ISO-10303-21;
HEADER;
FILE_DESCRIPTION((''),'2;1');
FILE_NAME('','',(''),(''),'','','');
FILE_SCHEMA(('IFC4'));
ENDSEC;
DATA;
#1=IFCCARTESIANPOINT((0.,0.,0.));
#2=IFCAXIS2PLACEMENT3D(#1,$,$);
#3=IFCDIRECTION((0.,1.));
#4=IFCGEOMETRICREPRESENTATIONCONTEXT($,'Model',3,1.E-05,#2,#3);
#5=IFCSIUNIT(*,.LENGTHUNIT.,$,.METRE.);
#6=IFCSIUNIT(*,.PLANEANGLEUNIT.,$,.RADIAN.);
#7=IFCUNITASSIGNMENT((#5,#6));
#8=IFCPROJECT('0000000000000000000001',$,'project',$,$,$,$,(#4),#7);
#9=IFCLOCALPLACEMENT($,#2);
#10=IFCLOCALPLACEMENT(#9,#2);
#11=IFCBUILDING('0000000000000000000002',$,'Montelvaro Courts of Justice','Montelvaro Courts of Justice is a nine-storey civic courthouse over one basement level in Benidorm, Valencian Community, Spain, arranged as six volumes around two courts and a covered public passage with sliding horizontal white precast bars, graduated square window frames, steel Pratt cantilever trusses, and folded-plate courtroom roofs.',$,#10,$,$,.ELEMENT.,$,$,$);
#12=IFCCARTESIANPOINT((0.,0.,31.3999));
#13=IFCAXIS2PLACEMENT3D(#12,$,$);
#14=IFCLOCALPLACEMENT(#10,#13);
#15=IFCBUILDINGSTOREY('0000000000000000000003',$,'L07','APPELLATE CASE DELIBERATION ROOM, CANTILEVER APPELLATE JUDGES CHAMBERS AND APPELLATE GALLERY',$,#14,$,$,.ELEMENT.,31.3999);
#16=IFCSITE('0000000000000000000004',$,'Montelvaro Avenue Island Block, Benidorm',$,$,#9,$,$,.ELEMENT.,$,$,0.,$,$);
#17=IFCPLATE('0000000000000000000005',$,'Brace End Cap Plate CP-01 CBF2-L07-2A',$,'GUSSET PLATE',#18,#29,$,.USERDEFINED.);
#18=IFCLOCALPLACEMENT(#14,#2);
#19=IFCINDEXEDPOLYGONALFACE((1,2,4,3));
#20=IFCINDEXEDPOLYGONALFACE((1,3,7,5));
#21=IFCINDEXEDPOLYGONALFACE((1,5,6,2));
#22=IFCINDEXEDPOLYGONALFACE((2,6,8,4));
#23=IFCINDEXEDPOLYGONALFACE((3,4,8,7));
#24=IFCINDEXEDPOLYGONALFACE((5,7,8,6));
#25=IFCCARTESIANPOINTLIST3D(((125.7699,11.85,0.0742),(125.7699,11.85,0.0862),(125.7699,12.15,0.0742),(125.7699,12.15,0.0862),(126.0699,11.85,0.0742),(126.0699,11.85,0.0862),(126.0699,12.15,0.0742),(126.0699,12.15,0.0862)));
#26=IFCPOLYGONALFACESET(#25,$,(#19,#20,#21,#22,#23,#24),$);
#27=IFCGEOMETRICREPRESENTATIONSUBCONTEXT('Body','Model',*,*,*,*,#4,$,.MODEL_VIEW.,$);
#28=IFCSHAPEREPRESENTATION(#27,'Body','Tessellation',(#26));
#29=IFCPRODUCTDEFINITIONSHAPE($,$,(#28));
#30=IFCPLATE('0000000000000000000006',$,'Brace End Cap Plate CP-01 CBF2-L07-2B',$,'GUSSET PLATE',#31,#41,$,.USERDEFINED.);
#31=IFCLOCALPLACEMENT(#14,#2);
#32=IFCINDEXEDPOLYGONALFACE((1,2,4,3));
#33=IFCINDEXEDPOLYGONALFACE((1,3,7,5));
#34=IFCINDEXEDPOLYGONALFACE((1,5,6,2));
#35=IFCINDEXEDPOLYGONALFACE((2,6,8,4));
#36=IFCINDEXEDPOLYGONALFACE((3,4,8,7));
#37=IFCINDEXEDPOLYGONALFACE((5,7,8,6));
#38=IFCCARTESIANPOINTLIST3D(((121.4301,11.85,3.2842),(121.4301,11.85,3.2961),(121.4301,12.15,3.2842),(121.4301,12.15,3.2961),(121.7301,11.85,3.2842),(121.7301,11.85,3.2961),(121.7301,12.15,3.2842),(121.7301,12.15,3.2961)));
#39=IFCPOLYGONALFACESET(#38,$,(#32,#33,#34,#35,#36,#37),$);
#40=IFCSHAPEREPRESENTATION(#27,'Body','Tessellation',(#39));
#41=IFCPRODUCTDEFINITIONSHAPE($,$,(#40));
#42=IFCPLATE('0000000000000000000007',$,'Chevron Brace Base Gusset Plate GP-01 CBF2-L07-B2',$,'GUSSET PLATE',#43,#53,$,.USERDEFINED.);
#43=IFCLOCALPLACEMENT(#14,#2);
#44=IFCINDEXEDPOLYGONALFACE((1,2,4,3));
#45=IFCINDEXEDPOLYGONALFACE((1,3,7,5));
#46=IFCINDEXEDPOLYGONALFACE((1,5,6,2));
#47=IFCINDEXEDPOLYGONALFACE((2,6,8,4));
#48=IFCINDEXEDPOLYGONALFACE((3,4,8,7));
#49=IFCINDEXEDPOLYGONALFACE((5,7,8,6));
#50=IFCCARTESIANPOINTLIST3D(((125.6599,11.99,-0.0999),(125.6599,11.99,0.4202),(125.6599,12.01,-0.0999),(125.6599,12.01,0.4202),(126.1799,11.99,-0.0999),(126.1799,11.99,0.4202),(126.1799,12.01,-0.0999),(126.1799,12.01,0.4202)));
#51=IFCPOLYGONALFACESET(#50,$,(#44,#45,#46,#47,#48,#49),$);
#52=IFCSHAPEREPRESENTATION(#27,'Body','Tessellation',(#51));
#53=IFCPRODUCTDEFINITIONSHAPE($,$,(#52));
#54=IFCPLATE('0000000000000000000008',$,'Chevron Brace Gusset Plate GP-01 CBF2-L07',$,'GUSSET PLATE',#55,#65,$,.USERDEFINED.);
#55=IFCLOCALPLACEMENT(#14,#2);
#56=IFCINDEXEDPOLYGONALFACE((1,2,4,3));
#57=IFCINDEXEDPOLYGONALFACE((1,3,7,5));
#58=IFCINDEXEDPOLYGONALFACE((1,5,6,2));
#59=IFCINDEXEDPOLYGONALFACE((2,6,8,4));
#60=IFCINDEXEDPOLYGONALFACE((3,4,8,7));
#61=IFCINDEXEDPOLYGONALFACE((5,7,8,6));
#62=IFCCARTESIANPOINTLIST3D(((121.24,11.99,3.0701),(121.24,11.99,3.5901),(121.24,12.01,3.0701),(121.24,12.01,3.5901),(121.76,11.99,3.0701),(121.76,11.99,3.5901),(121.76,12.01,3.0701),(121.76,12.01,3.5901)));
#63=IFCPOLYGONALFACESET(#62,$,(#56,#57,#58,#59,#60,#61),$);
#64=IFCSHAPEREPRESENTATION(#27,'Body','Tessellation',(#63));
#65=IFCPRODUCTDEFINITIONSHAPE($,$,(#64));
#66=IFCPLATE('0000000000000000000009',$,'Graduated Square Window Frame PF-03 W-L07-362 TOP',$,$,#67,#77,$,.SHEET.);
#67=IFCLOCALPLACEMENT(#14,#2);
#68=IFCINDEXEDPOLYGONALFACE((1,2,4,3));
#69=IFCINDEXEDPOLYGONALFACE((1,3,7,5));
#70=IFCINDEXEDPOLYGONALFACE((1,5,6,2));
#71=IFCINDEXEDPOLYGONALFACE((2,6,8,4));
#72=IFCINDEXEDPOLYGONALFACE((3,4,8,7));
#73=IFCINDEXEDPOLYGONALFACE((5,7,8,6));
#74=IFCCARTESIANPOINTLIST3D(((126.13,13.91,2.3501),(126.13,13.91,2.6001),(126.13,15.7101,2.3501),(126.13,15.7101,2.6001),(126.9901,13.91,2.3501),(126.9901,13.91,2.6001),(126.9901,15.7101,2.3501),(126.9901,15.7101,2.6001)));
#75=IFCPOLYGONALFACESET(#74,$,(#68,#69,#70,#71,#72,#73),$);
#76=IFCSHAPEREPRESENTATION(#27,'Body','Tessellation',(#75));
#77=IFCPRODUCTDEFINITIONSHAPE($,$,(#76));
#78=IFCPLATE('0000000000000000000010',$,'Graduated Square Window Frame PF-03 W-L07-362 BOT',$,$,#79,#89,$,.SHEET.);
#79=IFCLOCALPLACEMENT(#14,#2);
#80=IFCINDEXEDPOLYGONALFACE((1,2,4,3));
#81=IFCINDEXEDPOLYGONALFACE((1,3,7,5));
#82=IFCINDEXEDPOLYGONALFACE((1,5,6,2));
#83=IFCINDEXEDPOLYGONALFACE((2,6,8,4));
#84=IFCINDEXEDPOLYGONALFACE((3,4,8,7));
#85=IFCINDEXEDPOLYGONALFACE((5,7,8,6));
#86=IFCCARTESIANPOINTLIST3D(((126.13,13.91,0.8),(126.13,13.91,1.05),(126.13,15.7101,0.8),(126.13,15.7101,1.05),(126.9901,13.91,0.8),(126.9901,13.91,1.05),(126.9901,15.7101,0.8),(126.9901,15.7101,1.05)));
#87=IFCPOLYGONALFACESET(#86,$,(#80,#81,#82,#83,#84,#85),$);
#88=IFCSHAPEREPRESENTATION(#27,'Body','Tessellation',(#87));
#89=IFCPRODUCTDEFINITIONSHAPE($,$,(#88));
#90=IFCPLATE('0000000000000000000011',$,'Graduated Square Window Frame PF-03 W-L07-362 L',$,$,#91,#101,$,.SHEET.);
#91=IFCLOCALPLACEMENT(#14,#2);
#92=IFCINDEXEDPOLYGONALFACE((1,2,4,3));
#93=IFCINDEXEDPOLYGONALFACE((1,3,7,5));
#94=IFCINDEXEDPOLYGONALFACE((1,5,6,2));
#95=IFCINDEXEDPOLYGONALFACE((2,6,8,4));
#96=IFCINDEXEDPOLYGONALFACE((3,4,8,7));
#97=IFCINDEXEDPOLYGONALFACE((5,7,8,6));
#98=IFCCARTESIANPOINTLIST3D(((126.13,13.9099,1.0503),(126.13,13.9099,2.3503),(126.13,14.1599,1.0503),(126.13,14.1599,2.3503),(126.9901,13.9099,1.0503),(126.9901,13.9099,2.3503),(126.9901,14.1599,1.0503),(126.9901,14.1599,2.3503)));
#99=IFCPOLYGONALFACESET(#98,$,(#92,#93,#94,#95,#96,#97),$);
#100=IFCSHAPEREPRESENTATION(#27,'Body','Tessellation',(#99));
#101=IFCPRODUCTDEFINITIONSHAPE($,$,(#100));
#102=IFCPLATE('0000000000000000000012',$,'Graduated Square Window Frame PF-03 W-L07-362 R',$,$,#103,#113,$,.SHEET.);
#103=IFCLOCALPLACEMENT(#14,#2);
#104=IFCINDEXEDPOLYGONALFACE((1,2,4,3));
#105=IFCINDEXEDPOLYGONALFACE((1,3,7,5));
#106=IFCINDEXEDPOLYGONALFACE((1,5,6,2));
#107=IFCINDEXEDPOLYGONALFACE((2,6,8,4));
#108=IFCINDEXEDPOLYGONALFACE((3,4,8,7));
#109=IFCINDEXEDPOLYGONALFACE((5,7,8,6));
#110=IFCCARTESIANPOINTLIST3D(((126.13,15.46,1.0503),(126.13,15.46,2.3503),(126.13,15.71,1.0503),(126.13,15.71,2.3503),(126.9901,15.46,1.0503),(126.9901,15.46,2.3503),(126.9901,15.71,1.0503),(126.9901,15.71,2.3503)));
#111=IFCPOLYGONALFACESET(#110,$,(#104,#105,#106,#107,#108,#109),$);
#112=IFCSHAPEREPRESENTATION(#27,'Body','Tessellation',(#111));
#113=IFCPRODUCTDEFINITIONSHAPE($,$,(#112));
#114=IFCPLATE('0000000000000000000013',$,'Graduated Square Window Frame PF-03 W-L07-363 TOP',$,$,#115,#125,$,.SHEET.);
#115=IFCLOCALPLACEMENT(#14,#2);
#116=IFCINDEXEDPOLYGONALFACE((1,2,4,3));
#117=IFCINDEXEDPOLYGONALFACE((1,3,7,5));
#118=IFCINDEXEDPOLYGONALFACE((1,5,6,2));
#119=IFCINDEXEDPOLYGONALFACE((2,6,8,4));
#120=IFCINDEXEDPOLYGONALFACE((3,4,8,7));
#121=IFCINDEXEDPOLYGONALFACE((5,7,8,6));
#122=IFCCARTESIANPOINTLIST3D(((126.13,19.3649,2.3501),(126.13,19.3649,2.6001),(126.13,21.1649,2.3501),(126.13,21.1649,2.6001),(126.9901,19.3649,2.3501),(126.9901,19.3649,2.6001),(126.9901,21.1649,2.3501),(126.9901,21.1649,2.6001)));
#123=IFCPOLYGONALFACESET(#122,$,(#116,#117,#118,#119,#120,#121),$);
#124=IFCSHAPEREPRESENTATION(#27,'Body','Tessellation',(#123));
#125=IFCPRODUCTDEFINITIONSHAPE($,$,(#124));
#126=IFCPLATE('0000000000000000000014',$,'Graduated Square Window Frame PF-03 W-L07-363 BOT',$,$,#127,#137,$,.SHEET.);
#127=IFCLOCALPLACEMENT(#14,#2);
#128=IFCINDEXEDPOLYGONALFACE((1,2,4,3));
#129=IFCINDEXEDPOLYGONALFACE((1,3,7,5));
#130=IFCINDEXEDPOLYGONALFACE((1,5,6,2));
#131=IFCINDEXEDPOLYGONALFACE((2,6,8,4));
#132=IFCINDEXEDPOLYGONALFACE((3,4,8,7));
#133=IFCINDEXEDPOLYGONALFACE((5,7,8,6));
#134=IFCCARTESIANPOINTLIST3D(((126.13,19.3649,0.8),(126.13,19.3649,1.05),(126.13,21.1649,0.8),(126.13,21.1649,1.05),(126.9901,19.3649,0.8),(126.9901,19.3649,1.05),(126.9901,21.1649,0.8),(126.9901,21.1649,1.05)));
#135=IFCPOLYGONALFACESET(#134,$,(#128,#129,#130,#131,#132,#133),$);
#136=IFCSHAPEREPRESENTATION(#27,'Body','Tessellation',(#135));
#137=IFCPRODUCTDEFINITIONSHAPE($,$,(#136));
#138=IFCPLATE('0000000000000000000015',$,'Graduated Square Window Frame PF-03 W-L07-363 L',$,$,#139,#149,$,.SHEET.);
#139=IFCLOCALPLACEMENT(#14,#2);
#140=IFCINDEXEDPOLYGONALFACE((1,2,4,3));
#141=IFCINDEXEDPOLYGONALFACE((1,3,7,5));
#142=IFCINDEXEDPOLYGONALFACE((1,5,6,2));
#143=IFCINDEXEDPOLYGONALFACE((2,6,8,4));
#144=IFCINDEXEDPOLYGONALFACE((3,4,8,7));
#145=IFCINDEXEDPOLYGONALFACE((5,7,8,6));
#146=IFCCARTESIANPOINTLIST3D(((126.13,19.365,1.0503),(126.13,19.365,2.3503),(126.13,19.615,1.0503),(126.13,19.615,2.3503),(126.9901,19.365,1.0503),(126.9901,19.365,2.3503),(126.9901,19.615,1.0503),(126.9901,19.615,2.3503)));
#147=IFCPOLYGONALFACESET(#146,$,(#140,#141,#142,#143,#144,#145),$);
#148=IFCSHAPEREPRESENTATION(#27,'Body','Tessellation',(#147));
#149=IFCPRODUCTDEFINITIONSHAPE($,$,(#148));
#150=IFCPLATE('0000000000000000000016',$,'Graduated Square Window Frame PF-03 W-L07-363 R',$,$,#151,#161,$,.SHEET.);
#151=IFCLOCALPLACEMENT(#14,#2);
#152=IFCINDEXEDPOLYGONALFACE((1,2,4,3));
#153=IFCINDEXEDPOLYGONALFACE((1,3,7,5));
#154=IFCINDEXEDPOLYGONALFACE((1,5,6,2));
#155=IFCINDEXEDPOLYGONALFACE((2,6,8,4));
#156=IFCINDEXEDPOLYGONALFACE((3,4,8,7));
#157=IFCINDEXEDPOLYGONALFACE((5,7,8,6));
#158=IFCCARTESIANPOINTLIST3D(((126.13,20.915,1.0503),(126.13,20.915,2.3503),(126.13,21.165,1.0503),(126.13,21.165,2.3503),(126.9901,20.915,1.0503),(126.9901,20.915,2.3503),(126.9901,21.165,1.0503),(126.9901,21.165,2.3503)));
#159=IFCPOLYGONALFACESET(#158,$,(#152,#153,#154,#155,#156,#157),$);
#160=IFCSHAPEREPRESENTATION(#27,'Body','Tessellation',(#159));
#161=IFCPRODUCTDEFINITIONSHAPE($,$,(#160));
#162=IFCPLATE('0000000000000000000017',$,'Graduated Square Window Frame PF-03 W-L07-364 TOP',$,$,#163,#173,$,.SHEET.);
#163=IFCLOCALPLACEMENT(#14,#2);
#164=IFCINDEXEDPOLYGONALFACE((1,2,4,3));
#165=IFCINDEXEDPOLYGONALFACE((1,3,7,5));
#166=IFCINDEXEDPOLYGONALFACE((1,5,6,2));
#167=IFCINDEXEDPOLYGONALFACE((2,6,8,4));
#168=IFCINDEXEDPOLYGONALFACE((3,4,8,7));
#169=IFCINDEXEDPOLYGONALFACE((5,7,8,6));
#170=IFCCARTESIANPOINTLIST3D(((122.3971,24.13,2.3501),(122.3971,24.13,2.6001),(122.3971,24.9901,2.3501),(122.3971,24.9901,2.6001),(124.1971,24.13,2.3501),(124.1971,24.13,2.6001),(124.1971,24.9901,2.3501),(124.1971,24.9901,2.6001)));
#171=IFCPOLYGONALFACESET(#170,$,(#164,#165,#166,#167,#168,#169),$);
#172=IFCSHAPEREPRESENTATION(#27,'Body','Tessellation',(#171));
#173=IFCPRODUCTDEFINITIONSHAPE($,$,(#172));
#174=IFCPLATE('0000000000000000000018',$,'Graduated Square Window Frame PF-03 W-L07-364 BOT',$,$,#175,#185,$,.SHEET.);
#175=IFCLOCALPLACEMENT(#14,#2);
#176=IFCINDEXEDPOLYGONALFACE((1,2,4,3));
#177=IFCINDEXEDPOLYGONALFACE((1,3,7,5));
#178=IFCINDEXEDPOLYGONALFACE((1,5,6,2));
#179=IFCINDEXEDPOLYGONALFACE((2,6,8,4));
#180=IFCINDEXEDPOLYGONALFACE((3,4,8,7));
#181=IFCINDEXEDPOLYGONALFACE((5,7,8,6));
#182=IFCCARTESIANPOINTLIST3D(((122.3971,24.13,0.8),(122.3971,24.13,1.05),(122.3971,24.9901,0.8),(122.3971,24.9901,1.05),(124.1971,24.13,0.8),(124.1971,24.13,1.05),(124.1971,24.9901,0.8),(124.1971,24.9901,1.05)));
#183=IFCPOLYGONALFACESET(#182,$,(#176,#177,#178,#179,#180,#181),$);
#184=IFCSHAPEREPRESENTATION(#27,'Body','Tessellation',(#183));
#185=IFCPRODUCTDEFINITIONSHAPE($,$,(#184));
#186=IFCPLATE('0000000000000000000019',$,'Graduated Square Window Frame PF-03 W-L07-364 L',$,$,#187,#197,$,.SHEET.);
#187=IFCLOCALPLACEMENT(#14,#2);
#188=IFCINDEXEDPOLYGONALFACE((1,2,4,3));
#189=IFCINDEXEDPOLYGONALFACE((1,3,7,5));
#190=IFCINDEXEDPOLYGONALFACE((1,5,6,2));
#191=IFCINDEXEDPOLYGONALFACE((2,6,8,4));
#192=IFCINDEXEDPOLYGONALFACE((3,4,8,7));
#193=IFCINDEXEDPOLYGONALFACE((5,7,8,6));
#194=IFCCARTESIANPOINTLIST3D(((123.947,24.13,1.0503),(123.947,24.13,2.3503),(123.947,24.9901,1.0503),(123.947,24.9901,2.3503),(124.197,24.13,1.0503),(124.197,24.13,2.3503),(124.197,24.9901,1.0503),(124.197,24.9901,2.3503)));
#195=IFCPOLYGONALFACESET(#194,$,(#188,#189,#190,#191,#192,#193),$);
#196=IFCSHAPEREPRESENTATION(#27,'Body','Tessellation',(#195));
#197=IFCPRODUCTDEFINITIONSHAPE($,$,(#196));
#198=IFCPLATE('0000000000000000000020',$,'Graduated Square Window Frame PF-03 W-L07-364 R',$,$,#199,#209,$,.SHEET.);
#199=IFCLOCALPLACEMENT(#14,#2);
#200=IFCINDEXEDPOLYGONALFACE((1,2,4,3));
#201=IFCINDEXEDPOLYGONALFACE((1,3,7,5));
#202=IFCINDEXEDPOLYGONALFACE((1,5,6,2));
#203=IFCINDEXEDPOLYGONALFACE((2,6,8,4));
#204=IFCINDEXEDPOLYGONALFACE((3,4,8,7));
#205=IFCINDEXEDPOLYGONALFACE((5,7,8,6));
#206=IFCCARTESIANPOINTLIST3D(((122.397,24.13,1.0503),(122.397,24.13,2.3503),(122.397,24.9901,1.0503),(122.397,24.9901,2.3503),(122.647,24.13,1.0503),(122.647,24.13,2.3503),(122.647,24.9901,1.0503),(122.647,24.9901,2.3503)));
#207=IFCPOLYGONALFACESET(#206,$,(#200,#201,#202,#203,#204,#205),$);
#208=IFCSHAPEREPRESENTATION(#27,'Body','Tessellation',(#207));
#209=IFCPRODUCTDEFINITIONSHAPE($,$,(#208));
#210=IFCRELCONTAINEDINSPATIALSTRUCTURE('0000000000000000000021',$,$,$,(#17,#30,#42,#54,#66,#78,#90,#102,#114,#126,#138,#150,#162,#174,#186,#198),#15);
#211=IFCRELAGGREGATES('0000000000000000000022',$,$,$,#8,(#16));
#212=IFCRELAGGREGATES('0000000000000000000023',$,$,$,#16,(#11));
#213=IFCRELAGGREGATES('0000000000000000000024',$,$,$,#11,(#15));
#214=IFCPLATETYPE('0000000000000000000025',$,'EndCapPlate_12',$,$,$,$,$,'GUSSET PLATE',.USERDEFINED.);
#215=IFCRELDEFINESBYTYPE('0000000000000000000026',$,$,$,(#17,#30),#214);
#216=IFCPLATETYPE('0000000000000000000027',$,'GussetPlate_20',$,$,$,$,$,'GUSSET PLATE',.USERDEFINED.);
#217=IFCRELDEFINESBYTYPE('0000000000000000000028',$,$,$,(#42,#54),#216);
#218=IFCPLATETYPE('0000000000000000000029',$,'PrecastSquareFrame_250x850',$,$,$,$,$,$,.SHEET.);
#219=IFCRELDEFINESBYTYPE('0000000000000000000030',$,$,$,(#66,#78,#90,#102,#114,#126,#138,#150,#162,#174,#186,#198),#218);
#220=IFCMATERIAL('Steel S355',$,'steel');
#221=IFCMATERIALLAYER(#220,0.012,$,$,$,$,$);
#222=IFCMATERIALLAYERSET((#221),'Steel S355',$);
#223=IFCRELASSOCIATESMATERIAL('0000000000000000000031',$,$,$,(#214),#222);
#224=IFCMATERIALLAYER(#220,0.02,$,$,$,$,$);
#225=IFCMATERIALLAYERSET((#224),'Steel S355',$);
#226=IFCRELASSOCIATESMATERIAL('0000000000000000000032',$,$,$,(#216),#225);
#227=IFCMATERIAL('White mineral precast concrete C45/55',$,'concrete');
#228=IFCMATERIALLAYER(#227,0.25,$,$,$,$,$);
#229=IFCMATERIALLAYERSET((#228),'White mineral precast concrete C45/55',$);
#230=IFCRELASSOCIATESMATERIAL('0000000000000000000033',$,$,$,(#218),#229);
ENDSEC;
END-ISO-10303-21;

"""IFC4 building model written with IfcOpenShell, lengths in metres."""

from ifc_helpers import new_model, si_unit, direction, frame, origin, origin_2d, place, context, subcontext, project, spatial, rectangle, extrude, material, layer, layer_set, type_object, element, save


model = new_model("IFC4")

# Units and contexts
model_context = context("Model", 3, precision=1e-05, world=origin(), true_north=direction((0.0, 1.0)))
body_context = subcontext(model_context, "Body", "Model", "MODEL_VIEW")
ifc_project = project(units=[si_unit("LENGTHUNIT", "METRE"), si_unit("PLANEANGLEUNIT", "RADIAN")], contexts=[model_context])

# Site, building, storey
site_placement = place(None, origin())
site = spatial("IfcSite", under=ifc_project, at=site_placement, Name="Montelvaro Avenue Island Block, Benidorm", CompositionType="ELEMENT", RefElevation=0.0)
building_placement = place(site_placement, origin())
building = spatial("IfcBuilding", under=site, at=building_placement, Name="Montelvaro Courts of Justice", Description="Montelvaro Courts of Justice is a nine-storey civic courthouse over one basement level in Benidorm, Valencian Community, Spain, arranged as six volumes around two courts and a covered public passage with sliding horizontal white precast bars, graduated square window frames, steel Pratt cantilever trusses, and folded-plate courtroom roofs.", CompositionType="ELEMENT")
storey_placement = place(building_placement, frame((0.0, 0.0, 31.3999)))
storey = spatial("IfcBuildingStorey", under=building, at=storey_placement, Name="L07", Description="APPELLATE CASE DELIBERATION ROOM, CANTILEVER APPELLATE JUDGES CHAMBERS AND APPELLATE GALLERY", CompositionType="ELEMENT", Elevation=31.3999)

# Shared definitions
ifc_material_1 = material(Name="Steel S355", Category="steel")

# Plates
ifc_layer_1 = layer(ifc_material_1, 0.012)
ifc_layer_set_1 = layer_set([ifc_layer_1], Name="Steel S355")
plate_type_1 = type_object("IfcPlateType", Name="EndCapPlate_12", ElementType="GUSSET PLATE", PredefinedType="USERDEFINED", material=ifc_layer_set_1)
for number, where, z_axis, x_axis, name in (
    (1, (125.9199, 12.0, 0.0742), (0.0, 0.0, 1.0), (1.0, 0.0, 0.0), "Brace End Cap Plate CP-01 CBF2-L07-2A"),
    (2, (121.5801, 12.0, 3.2842), (0.0, 0.0, 1.0), (1.0, 0.0, 0.0), "Brace End Cap Plate CP-01 CBF2-L07-2B"),
):
    element("IfcPlate", number, at=place(storey_placement, frame(where, z_axis=z_axis, x_axis=x_axis)), inside=storey, type_object=plate_type_1, Name=name, ObjectType="GUSSET PLATE", PredefinedType="USERDEFINED", context=body_context, shape_type="SweptSolid", body=[
        extrude(rectangle(XDim=0.3, YDim=0.3, at=origin_2d()), origin(), (0.0, 0.0, 1.0), 0.012),
    ])
ifc_layer_2 = layer(ifc_material_1, 0.02)
ifc_layer_set_2 = layer_set([ifc_layer_2], Name="Steel S355")
plate_type_2 = type_object("IfcPlateType", Name="GussetPlate_20", ElementType="GUSSET PLATE", PredefinedType="USERDEFINED", material=ifc_layer_set_2)
for number, where, z_axis, x_axis, name in (
    (3, (125.9199, 12.0, -0.0999), (0.0, 0.0, 1.0), (1.0, 0.0, 0.0), "Chevron Brace Base Gusset Plate GP-01 CBF2-L07-B2"),
    (4, (121.5, 12.0, 3.0701), (0.0, 0.0, 1.0), (1.0, 0.0, 0.0), "Chevron Brace Gusset Plate GP-01 CBF2-L07"),
):
    element("IfcPlate", number, at=place(storey_placement, frame(where, z_axis=z_axis, x_axis=x_axis)), inside=storey, type_object=plate_type_2, Name=name, ObjectType="GUSSET PLATE", PredefinedType="USERDEFINED", context=body_context, shape_type="SweptSolid", body=[
        extrude(rectangle(XDim=0.52, YDim=0.02, at=origin_2d()), origin(), (0.0, 0.0, 1.0), 0.52),
    ])
ifc_material_2 = material(Name="White mineral precast concrete C45/55", Category="concrete")
ifc_layer_3 = layer(ifc_material_2, 0.25)
ifc_layer_set_3 = layer_set([ifc_layer_3], Name="White mineral precast concrete C45/55")
plate_type_3 = type_object("IfcPlateType", Name="PrecastSquareFrame_250x850", PredefinedType="SHEET", material=ifc_layer_set_3)
for number, where, z_axis, x_axis, name in (
    (5, (126.5601, 14.8101, 2.3501), (0.0, 0.0, 1.0), (0.0, 1.0, 0.0), "Graduated Square Window Frame PF-03 W-L07-362 TOP"),
    (6, (126.5601, 14.8101, 0.8), (0.0, 0.0, 1.0), (0.0, 1.0, 0.0), "Graduated Square Window Frame PF-03 W-L07-362 BOT"),
):
    element("IfcPlate", number, at=place(storey_placement, frame(where, z_axis=z_axis, x_axis=x_axis)), inside=storey, type_object=plate_type_3, Name=name, PredefinedType="SHEET", context=body_context, shape_type="SweptSolid", body=[
        extrude(rectangle(XDim=1.8, YDim=0.8601, at=origin_2d()), origin(), (0.0, 0.0, 1.0), 0.25),
    ])
for number, where, z_axis, x_axis, name in (
    (7, (126.5601, 14.0349, 1.0503), (0.0, 0.0, 1.0), (0.0, 1.0, 0.0), "Graduated Square Window Frame PF-03 W-L07-362 L"),
    (8, (126.5601, 15.585, 1.0503), (0.0, 0.0, 1.0), (0.0, 1.0, 0.0), "Graduated Square Window Frame PF-03 W-L07-362 R"),
):
    element("IfcPlate", number, at=place(storey_placement, frame(where, z_axis=z_axis, x_axis=x_axis)), inside=storey, type_object=plate_type_3, Name=name, PredefinedType="SHEET", context=body_context, shape_type="SweptSolid", body=[
        extrude(rectangle(XDim=0.25, YDim=0.8601, at=origin_2d()), origin(), (0.0, 0.0, 1.0), 1.3),
    ])
for number, where, z_axis, x_axis, name in (
    (9, (126.5601, 20.2649, 2.3501), (0.0, 0.0, 1.0), (0.0, 1.0, 0.0), "Graduated Square Window Frame PF-03 W-L07-363 TOP"),
    (10, (126.5601, 20.2649, 0.8), (0.0, 0.0, 1.0), (0.0, 1.0, 0.0), "Graduated Square Window Frame PF-03 W-L07-363 BOT"),
):
    element("IfcPlate", number, at=place(storey_placement, frame(where, z_axis=z_axis, x_axis=x_axis)), inside=storey, type_object=plate_type_3, Name=name, PredefinedType="SHEET", context=body_context, shape_type="SweptSolid", body=[
        extrude(rectangle(XDim=1.8, YDim=0.8601, at=origin_2d()), origin(), (0.0, 0.0, 1.0), 0.25),
    ])
for number, where, z_axis, x_axis, name in (
    (11, (126.5601, 19.49, 1.0503), (0.0, 0.0, 1.0), (0.0, 1.0, 0.0), "Graduated Square Window Frame PF-03 W-L07-363 L"),
    (12, (126.5601, 21.04, 1.0503), (0.0, 0.0, 1.0), (0.0, 1.0, 0.0), "Graduated Square Window Frame PF-03 W-L07-363 R"),
):
    element("IfcPlate", number, at=place(storey_placement, frame(where, z_axis=z_axis, x_axis=x_axis)), inside=storey, type_object=plate_type_3, Name=name, PredefinedType="SHEET", context=body_context, shape_type="SweptSolid", body=[
        extrude(rectangle(XDim=0.25, YDim=0.8601, at=origin_2d()), origin(), (0.0, 0.0, 1.0), 1.3),
    ])
for number, where, z_axis, x_axis, name in (
    (13, (123.2971, 24.5601, 2.3501), (0.0, 0.0, 1.0), (-1.0, 0.0, 0.0), "Graduated Square Window Frame PF-03 W-L07-364 TOP"),
    (14, (123.2971, 24.5601, 0.8), (0.0, 0.0, 1.0), (-1.0, 0.0, 0.0), "Graduated Square Window Frame PF-03 W-L07-364 BOT"),
):
    element("IfcPlate", number, at=place(storey_placement, frame(where, z_axis=z_axis, x_axis=x_axis)), inside=storey, type_object=plate_type_3, Name=name, PredefinedType="SHEET", context=body_context, shape_type="SweptSolid", body=[
        extrude(rectangle(XDim=1.8, YDim=0.8601, at=origin_2d()), origin(), (0.0, 0.0, 1.0), 0.25),
    ])
for number, where, z_axis, x_axis, name in (
    (15, (124.072, 24.5601, 1.0503), (0.0, 0.0, 1.0), (-1.0, 0.0, 0.0), "Graduated Square Window Frame PF-03 W-L07-364 L"),
    (16, (122.522, 24.5601, 1.0503), (0.0, 0.0, 1.0), (-1.0, 0.0, 0.0), "Graduated Square Window Frame PF-03 W-L07-364 R"),
):
    element("IfcPlate", number, at=place(storey_placement, frame(where, z_axis=z_axis, x_axis=x_axis)), inside=storey, type_object=plate_type_3, Name=name, PredefinedType="SHEET", context=body_context, shape_type="SweptSolid", body=[
        extrude(rectangle(XDim=0.25, YDim=0.8601, at=origin_2d()), origin(), (0.0, 0.0, 1.0), 1.3),
    ])

save(model, "model.ifc")
